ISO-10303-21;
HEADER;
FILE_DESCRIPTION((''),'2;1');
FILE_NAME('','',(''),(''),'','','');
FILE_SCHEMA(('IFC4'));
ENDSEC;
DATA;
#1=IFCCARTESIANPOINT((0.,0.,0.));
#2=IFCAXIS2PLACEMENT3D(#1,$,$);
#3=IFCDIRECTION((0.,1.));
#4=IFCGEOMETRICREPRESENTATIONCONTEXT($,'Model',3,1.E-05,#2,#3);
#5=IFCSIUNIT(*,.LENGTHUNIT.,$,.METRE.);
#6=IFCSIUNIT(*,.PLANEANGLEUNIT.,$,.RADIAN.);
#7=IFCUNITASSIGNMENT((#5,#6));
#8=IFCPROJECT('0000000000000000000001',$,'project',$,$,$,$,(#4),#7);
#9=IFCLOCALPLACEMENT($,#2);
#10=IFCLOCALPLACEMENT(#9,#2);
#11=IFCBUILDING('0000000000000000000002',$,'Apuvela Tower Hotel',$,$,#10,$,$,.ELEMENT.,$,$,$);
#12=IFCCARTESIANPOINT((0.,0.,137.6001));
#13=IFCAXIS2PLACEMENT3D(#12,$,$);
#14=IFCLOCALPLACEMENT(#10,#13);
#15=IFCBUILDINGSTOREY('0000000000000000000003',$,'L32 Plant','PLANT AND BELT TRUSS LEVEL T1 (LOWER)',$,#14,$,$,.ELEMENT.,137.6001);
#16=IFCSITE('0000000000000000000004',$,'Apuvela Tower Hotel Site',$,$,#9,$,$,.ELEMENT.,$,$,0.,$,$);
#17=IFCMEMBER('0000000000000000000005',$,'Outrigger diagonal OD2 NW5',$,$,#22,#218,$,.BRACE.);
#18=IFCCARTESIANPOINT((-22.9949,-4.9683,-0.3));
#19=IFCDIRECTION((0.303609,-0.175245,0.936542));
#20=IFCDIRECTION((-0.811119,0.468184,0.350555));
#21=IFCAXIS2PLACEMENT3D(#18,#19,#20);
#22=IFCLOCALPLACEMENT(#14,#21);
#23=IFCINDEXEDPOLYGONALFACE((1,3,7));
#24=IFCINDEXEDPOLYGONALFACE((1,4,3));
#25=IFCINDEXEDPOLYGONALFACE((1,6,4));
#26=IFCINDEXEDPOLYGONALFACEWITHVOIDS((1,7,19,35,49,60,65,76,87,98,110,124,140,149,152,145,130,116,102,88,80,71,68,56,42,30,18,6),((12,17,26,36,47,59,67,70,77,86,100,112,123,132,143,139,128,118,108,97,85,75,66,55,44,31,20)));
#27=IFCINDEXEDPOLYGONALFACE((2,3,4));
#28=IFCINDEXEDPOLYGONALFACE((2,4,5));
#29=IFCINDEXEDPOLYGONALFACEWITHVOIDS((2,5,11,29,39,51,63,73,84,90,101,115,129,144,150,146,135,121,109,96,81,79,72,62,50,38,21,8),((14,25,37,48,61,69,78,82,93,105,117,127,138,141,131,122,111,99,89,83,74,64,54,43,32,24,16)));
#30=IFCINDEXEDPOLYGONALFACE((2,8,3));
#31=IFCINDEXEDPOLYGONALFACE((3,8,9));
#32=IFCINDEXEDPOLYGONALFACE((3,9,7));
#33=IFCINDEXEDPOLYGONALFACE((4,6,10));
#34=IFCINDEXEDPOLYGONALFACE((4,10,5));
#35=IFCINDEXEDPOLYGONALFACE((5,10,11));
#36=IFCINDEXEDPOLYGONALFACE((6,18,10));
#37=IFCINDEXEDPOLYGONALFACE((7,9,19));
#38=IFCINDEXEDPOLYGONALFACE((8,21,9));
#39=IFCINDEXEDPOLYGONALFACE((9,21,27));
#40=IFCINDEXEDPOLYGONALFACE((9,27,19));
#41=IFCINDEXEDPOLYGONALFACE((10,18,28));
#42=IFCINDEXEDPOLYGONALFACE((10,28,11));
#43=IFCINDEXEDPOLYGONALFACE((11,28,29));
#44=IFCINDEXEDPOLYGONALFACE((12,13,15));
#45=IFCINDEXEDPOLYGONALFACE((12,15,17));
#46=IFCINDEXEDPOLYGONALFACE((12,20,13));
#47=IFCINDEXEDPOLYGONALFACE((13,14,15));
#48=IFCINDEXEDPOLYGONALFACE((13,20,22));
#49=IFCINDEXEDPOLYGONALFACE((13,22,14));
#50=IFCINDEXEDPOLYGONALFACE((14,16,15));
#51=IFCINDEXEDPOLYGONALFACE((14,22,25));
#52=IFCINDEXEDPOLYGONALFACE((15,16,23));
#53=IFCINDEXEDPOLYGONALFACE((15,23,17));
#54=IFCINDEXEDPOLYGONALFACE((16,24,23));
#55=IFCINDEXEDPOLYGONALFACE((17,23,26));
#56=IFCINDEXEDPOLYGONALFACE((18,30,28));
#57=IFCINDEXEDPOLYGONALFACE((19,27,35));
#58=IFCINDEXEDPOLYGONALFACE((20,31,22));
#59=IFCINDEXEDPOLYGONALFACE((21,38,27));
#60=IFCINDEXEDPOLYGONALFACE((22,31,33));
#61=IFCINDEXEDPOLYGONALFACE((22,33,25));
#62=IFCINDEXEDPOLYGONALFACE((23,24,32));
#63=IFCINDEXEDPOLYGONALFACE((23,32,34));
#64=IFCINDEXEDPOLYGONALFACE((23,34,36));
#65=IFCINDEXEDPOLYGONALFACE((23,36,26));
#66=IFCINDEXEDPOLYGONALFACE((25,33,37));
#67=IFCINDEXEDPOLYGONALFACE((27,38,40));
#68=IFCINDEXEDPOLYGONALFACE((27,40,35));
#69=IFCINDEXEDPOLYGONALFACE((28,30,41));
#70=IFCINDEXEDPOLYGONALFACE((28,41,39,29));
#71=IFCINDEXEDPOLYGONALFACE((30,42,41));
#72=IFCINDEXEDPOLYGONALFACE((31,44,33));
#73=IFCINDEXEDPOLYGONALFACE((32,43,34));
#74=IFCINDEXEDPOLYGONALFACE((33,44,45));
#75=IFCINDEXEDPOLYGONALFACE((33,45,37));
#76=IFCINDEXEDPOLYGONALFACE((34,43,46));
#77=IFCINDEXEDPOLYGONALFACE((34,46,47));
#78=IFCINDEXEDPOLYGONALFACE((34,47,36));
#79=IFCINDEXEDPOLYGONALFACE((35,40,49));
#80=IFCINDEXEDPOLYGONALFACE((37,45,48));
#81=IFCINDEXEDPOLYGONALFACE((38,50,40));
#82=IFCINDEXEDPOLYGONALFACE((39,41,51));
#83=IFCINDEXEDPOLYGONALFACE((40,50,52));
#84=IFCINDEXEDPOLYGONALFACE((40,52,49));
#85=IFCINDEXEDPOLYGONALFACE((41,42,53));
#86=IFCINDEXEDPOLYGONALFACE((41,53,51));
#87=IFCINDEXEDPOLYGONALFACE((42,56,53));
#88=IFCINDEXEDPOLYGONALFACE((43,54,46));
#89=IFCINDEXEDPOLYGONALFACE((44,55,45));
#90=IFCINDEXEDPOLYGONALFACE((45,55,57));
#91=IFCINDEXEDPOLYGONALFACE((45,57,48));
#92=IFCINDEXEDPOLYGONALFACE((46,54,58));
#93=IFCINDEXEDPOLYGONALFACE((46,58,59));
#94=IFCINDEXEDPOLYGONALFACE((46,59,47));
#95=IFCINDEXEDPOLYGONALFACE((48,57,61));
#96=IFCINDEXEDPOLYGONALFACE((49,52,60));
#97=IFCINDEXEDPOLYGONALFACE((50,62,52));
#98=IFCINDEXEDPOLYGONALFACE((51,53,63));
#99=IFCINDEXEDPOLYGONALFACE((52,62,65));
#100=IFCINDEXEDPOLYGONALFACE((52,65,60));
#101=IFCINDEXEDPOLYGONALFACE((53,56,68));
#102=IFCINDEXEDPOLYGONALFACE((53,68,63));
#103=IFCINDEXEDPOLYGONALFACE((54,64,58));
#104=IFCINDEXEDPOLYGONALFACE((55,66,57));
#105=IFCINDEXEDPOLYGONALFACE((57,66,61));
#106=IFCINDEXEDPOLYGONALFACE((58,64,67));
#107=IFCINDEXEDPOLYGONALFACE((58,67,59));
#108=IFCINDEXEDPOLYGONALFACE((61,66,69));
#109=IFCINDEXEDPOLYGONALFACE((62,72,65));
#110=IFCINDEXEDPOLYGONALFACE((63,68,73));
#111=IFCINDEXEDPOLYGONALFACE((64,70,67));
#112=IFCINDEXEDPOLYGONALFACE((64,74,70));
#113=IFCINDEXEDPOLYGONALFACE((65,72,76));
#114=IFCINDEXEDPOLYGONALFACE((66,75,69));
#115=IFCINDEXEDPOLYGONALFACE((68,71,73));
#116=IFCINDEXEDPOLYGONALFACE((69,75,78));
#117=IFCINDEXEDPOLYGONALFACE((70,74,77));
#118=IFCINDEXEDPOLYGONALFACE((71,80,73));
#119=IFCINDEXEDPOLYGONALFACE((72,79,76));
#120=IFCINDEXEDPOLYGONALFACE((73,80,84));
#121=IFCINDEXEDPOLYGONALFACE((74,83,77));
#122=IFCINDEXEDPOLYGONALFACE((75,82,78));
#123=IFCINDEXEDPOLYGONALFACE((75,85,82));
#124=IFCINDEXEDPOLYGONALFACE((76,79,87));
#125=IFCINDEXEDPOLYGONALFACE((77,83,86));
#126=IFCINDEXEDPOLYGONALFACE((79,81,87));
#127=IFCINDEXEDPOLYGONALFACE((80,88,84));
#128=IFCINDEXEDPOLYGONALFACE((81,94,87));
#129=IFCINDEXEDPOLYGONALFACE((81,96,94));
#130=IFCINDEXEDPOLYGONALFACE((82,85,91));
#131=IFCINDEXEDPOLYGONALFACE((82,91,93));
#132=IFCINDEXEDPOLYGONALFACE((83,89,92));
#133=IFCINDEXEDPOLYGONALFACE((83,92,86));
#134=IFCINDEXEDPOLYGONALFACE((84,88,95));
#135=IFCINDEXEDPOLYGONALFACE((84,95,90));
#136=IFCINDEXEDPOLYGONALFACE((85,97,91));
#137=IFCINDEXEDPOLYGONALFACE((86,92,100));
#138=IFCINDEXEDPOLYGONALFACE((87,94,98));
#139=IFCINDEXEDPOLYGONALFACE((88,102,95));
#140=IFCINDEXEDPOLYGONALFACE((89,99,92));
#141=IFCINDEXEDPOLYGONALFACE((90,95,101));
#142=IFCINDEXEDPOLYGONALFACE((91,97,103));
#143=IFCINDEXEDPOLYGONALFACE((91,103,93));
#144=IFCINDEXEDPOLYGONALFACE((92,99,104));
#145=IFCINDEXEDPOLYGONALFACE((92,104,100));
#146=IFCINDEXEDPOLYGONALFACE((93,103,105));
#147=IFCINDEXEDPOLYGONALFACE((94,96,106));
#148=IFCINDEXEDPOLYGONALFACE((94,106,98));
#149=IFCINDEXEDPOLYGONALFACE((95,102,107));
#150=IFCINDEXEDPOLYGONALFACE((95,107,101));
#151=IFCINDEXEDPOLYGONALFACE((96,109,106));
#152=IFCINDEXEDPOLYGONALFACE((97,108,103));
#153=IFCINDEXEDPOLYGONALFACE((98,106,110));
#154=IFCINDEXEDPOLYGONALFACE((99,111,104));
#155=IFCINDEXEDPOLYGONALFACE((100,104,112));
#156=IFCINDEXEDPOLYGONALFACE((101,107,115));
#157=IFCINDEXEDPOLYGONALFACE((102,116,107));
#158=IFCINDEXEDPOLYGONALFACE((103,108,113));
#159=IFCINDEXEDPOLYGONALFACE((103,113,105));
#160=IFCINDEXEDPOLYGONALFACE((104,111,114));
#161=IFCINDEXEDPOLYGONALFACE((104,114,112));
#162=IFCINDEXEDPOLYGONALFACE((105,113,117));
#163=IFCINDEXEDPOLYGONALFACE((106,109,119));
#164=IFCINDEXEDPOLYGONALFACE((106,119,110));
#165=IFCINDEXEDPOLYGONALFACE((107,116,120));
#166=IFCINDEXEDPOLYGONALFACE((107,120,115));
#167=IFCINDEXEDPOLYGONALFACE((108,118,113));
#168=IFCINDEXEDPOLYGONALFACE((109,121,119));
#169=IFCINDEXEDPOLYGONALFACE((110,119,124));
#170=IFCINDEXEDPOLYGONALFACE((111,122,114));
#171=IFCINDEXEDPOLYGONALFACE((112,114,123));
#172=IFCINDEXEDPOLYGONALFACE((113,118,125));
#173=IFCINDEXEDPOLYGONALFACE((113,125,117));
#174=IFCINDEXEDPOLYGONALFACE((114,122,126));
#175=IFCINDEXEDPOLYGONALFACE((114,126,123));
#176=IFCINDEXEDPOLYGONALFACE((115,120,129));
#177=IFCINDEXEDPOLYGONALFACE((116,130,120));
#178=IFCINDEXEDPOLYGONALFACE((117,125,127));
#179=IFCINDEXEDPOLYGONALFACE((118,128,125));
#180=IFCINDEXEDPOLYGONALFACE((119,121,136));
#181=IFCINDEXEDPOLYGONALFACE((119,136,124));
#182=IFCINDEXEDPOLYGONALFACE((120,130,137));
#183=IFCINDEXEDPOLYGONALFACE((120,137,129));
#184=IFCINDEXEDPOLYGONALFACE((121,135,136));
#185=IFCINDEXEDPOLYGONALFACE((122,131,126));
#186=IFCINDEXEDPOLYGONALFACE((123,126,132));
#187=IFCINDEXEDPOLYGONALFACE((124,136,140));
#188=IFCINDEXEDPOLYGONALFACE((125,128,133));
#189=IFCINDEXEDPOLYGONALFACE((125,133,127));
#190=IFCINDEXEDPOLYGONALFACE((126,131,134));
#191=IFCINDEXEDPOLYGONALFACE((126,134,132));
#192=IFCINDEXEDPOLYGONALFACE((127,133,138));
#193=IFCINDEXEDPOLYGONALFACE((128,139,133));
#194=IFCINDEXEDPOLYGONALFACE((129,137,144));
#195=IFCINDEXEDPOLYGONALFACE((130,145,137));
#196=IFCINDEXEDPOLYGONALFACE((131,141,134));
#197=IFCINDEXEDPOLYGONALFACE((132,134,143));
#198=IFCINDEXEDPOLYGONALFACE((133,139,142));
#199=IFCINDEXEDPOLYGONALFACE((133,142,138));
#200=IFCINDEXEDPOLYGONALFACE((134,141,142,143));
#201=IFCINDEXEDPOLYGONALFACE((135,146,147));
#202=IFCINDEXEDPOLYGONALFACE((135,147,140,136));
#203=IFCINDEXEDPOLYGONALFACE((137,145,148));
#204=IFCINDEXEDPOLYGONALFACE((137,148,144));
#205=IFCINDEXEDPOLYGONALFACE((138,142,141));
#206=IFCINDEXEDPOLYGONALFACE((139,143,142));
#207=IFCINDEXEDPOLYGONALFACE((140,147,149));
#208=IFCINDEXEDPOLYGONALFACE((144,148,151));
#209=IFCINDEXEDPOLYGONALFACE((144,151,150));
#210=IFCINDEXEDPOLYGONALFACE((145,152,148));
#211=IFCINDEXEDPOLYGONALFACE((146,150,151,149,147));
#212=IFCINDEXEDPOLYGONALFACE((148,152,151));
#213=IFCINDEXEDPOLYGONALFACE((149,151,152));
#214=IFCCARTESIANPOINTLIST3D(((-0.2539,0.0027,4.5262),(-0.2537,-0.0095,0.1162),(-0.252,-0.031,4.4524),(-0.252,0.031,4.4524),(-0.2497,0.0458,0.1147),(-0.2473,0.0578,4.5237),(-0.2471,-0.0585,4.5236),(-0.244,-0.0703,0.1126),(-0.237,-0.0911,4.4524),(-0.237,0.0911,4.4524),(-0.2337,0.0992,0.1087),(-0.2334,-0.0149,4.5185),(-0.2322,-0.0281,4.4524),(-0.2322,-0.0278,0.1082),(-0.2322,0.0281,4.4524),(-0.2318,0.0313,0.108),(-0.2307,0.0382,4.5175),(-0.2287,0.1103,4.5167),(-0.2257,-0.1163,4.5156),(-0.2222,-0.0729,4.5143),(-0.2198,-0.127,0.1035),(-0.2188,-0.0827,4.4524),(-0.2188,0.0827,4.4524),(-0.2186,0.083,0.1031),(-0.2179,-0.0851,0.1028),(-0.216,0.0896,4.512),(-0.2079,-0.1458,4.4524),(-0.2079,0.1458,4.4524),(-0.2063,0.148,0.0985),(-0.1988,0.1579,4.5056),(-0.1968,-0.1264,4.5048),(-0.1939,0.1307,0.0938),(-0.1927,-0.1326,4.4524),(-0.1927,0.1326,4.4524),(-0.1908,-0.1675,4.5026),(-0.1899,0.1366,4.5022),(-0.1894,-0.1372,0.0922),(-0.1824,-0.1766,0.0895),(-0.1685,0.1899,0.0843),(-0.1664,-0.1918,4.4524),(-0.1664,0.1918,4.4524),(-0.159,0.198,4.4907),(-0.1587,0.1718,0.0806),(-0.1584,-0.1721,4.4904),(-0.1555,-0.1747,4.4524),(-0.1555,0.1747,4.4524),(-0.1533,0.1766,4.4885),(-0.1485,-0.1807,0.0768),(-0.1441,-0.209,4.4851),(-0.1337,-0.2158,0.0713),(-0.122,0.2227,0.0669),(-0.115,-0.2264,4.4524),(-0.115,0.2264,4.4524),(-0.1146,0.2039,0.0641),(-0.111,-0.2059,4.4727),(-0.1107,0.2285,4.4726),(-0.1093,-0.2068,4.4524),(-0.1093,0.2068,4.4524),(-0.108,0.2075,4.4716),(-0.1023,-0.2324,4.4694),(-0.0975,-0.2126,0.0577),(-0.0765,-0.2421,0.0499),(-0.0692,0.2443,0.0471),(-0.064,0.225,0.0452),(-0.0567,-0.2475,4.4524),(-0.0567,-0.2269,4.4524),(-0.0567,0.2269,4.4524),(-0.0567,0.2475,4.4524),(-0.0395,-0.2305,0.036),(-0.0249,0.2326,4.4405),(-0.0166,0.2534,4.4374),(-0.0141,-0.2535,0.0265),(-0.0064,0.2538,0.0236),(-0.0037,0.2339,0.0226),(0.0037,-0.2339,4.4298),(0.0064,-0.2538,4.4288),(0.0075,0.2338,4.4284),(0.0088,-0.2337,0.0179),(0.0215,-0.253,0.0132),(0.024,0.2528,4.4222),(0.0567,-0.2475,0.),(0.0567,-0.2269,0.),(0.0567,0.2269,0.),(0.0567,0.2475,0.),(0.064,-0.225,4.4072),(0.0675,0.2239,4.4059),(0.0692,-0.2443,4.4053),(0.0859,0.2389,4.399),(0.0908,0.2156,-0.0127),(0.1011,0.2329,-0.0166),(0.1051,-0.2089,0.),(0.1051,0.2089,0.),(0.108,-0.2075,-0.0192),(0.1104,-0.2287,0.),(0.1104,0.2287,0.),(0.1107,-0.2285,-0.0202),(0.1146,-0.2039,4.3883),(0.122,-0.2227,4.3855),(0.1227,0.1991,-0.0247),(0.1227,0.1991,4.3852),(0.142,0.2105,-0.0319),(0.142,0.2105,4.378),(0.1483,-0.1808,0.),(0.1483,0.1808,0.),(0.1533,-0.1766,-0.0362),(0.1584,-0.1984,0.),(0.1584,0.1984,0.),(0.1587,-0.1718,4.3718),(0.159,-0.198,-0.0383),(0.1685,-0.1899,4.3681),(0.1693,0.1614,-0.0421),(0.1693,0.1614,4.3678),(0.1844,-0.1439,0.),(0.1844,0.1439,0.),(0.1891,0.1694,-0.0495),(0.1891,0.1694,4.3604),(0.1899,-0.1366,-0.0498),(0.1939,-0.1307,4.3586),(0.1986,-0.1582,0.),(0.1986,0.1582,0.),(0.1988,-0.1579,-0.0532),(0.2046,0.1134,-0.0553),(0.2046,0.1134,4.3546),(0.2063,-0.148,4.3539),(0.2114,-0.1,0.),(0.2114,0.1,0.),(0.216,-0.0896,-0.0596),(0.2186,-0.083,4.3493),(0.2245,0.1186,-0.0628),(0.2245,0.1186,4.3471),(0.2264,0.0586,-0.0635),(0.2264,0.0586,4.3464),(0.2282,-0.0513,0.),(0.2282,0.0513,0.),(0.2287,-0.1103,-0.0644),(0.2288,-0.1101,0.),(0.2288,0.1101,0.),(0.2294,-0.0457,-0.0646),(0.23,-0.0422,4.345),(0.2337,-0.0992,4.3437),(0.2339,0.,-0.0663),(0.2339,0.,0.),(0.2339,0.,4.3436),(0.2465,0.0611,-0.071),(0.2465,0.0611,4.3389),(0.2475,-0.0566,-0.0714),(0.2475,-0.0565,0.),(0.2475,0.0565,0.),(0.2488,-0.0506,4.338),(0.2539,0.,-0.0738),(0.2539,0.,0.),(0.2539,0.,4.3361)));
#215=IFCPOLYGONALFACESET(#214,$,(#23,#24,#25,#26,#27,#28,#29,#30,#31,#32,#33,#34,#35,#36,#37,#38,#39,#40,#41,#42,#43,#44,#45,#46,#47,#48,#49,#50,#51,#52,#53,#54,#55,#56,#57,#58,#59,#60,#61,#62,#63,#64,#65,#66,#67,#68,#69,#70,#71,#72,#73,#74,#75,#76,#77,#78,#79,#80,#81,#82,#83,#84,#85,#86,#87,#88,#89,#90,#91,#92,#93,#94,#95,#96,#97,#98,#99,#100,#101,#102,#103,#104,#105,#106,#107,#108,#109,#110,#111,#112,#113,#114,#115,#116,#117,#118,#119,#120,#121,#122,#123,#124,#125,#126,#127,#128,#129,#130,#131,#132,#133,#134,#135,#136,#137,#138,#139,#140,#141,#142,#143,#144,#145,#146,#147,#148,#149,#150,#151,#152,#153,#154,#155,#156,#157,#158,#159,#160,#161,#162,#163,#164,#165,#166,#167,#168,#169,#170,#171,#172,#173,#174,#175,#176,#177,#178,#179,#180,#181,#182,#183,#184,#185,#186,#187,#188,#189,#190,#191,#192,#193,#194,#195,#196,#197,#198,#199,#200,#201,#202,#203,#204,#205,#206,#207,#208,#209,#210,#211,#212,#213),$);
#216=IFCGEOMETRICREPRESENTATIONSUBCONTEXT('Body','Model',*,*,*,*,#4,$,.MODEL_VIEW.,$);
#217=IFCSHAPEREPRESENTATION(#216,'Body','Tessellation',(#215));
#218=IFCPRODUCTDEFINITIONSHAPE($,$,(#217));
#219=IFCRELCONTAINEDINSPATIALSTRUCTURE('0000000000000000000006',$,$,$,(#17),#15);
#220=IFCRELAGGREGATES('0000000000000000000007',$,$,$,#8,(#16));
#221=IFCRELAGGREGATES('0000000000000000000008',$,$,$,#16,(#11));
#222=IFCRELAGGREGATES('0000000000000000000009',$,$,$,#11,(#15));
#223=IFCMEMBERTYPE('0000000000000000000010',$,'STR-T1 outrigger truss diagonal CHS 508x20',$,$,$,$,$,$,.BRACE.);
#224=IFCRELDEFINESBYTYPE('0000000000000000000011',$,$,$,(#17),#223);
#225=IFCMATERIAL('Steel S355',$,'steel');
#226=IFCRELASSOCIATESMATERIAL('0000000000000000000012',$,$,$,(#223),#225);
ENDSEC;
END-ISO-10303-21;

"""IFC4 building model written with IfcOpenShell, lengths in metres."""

from ifc_helpers import new_model, si_unit, direction, frame, origin, origin_2d, place, context, subcontext, project, spatial, hollow_circle, extrude, boolean, halfspace, material, material_profile, profile_set, type_object, element, save


model = new_model("IFC4")

# Units and contexts
model_context = context("Model", 3, precision=1e-05, world=origin(), true_north=direction((0.0, 1.0)))
body_context = subcontext(model_context, "Body", "Model", "MODEL_VIEW")
ifc_project = project(units=[si_unit("LENGTHUNIT", "METRE"), si_unit("PLANEANGLEUNIT", "RADIAN")], contexts=[model_context])

# Site, building, storey
site_placement = place(None, origin())
site = spatial("IfcSite", under=ifc_project, at=site_placement, Name="Apuvela Tower Hotel Site", CompositionType="ELEMENT", RefElevation=0.0)
building_placement = place(site_placement, origin())
building = spatial("IfcBuilding", under=site, at=building_placement, Name="Apuvela Tower Hotel", CompositionType="ELEMENT")
storey_placement = place(building_placement, frame((0.0, 0.0, 137.6001)))
storey = spatial("IfcBuildingStorey", under=building, at=storey_placement, Name="L32 Plant", Description="PLANT AND BELT TRUSS LEVEL T1 (LOWER)", CompositionType="ELEMENT", Elevation=137.6001)

# Member
ifc_material_1 = material(Name="Steel S355", Category="steel")
ifc_material_profile_1 = material_profile(ifc_material_1, hollow_circle(Radius=0.2539, WallThickness=0.02, at=origin_2d()), Name="CHS 508x20")
ifc_profile_set_1 = profile_set([ifc_material_profile_1], Name="Steel S355")
member_type_1 = type_object("IfcMemberType", Name="STR-T1 outrigger truss diagonal CHS 508x20", PredefinedType="BRACE", material=ifc_profile_set_1)
member_1_placement = place(storey_placement, frame((-22.9949, -4.9683, -0.3), z_axis=(0.303609, -0.175245, 0.936542), x_axis=(-0.811119, 0.468184, 0.350555)))
solid_1 = boolean("DIFFERENCE", boolean("DIFFERENCE", extrude(hollow_circle(Radius=0.2539, WallThickness=0.02, at=origin_2d()), frame((0.0, 0.0, -0.2151)), (0.0, 0.0, 1.0), 4.8826), halfspace(frame((0.0, 0.0, 0.0212), z_axis=(0.350555, 0.0, 0.936542), x_axis=(0.936542, 0.0, -0.350555)), True)), halfspace(frame((0.0, 0.0, 4.4312), z_axis=(0.350555, 0.0, 0.936542), x_axis=(0.936542, 0.0, -0.350555)), False))
element("IfcMember", 1, at=member_1_placement, inside=storey, type_object=member_type_1, Name="Outrigger diagonal OD2 NW5", PredefinedType="BRACE", context=body_context, shape_type="SweptSolid", body=[
    boolean("UNION", boolean("DIFFERENCE", boolean("DIFFERENCE", extrude(hollow_circle(Radius=0.2539, WallThickness=0.02, at=origin_2d()), origin(), (0.0, 0.0, 1.0), 4.4524), halfspace(frame((0.0, 0.0, 0.0212), z_axis=(0.350555, 0.0, 0.936542), x_axis=(0.936542, 0.0, -0.350555)), True)), halfspace(frame((0.0, 0.0, 4.4312), z_axis=(0.350555, 0.0, 0.936542), x_axis=(0.936542, 0.0, -0.350555)), False)), solid_1),
])

save(model, "model.ifc")
